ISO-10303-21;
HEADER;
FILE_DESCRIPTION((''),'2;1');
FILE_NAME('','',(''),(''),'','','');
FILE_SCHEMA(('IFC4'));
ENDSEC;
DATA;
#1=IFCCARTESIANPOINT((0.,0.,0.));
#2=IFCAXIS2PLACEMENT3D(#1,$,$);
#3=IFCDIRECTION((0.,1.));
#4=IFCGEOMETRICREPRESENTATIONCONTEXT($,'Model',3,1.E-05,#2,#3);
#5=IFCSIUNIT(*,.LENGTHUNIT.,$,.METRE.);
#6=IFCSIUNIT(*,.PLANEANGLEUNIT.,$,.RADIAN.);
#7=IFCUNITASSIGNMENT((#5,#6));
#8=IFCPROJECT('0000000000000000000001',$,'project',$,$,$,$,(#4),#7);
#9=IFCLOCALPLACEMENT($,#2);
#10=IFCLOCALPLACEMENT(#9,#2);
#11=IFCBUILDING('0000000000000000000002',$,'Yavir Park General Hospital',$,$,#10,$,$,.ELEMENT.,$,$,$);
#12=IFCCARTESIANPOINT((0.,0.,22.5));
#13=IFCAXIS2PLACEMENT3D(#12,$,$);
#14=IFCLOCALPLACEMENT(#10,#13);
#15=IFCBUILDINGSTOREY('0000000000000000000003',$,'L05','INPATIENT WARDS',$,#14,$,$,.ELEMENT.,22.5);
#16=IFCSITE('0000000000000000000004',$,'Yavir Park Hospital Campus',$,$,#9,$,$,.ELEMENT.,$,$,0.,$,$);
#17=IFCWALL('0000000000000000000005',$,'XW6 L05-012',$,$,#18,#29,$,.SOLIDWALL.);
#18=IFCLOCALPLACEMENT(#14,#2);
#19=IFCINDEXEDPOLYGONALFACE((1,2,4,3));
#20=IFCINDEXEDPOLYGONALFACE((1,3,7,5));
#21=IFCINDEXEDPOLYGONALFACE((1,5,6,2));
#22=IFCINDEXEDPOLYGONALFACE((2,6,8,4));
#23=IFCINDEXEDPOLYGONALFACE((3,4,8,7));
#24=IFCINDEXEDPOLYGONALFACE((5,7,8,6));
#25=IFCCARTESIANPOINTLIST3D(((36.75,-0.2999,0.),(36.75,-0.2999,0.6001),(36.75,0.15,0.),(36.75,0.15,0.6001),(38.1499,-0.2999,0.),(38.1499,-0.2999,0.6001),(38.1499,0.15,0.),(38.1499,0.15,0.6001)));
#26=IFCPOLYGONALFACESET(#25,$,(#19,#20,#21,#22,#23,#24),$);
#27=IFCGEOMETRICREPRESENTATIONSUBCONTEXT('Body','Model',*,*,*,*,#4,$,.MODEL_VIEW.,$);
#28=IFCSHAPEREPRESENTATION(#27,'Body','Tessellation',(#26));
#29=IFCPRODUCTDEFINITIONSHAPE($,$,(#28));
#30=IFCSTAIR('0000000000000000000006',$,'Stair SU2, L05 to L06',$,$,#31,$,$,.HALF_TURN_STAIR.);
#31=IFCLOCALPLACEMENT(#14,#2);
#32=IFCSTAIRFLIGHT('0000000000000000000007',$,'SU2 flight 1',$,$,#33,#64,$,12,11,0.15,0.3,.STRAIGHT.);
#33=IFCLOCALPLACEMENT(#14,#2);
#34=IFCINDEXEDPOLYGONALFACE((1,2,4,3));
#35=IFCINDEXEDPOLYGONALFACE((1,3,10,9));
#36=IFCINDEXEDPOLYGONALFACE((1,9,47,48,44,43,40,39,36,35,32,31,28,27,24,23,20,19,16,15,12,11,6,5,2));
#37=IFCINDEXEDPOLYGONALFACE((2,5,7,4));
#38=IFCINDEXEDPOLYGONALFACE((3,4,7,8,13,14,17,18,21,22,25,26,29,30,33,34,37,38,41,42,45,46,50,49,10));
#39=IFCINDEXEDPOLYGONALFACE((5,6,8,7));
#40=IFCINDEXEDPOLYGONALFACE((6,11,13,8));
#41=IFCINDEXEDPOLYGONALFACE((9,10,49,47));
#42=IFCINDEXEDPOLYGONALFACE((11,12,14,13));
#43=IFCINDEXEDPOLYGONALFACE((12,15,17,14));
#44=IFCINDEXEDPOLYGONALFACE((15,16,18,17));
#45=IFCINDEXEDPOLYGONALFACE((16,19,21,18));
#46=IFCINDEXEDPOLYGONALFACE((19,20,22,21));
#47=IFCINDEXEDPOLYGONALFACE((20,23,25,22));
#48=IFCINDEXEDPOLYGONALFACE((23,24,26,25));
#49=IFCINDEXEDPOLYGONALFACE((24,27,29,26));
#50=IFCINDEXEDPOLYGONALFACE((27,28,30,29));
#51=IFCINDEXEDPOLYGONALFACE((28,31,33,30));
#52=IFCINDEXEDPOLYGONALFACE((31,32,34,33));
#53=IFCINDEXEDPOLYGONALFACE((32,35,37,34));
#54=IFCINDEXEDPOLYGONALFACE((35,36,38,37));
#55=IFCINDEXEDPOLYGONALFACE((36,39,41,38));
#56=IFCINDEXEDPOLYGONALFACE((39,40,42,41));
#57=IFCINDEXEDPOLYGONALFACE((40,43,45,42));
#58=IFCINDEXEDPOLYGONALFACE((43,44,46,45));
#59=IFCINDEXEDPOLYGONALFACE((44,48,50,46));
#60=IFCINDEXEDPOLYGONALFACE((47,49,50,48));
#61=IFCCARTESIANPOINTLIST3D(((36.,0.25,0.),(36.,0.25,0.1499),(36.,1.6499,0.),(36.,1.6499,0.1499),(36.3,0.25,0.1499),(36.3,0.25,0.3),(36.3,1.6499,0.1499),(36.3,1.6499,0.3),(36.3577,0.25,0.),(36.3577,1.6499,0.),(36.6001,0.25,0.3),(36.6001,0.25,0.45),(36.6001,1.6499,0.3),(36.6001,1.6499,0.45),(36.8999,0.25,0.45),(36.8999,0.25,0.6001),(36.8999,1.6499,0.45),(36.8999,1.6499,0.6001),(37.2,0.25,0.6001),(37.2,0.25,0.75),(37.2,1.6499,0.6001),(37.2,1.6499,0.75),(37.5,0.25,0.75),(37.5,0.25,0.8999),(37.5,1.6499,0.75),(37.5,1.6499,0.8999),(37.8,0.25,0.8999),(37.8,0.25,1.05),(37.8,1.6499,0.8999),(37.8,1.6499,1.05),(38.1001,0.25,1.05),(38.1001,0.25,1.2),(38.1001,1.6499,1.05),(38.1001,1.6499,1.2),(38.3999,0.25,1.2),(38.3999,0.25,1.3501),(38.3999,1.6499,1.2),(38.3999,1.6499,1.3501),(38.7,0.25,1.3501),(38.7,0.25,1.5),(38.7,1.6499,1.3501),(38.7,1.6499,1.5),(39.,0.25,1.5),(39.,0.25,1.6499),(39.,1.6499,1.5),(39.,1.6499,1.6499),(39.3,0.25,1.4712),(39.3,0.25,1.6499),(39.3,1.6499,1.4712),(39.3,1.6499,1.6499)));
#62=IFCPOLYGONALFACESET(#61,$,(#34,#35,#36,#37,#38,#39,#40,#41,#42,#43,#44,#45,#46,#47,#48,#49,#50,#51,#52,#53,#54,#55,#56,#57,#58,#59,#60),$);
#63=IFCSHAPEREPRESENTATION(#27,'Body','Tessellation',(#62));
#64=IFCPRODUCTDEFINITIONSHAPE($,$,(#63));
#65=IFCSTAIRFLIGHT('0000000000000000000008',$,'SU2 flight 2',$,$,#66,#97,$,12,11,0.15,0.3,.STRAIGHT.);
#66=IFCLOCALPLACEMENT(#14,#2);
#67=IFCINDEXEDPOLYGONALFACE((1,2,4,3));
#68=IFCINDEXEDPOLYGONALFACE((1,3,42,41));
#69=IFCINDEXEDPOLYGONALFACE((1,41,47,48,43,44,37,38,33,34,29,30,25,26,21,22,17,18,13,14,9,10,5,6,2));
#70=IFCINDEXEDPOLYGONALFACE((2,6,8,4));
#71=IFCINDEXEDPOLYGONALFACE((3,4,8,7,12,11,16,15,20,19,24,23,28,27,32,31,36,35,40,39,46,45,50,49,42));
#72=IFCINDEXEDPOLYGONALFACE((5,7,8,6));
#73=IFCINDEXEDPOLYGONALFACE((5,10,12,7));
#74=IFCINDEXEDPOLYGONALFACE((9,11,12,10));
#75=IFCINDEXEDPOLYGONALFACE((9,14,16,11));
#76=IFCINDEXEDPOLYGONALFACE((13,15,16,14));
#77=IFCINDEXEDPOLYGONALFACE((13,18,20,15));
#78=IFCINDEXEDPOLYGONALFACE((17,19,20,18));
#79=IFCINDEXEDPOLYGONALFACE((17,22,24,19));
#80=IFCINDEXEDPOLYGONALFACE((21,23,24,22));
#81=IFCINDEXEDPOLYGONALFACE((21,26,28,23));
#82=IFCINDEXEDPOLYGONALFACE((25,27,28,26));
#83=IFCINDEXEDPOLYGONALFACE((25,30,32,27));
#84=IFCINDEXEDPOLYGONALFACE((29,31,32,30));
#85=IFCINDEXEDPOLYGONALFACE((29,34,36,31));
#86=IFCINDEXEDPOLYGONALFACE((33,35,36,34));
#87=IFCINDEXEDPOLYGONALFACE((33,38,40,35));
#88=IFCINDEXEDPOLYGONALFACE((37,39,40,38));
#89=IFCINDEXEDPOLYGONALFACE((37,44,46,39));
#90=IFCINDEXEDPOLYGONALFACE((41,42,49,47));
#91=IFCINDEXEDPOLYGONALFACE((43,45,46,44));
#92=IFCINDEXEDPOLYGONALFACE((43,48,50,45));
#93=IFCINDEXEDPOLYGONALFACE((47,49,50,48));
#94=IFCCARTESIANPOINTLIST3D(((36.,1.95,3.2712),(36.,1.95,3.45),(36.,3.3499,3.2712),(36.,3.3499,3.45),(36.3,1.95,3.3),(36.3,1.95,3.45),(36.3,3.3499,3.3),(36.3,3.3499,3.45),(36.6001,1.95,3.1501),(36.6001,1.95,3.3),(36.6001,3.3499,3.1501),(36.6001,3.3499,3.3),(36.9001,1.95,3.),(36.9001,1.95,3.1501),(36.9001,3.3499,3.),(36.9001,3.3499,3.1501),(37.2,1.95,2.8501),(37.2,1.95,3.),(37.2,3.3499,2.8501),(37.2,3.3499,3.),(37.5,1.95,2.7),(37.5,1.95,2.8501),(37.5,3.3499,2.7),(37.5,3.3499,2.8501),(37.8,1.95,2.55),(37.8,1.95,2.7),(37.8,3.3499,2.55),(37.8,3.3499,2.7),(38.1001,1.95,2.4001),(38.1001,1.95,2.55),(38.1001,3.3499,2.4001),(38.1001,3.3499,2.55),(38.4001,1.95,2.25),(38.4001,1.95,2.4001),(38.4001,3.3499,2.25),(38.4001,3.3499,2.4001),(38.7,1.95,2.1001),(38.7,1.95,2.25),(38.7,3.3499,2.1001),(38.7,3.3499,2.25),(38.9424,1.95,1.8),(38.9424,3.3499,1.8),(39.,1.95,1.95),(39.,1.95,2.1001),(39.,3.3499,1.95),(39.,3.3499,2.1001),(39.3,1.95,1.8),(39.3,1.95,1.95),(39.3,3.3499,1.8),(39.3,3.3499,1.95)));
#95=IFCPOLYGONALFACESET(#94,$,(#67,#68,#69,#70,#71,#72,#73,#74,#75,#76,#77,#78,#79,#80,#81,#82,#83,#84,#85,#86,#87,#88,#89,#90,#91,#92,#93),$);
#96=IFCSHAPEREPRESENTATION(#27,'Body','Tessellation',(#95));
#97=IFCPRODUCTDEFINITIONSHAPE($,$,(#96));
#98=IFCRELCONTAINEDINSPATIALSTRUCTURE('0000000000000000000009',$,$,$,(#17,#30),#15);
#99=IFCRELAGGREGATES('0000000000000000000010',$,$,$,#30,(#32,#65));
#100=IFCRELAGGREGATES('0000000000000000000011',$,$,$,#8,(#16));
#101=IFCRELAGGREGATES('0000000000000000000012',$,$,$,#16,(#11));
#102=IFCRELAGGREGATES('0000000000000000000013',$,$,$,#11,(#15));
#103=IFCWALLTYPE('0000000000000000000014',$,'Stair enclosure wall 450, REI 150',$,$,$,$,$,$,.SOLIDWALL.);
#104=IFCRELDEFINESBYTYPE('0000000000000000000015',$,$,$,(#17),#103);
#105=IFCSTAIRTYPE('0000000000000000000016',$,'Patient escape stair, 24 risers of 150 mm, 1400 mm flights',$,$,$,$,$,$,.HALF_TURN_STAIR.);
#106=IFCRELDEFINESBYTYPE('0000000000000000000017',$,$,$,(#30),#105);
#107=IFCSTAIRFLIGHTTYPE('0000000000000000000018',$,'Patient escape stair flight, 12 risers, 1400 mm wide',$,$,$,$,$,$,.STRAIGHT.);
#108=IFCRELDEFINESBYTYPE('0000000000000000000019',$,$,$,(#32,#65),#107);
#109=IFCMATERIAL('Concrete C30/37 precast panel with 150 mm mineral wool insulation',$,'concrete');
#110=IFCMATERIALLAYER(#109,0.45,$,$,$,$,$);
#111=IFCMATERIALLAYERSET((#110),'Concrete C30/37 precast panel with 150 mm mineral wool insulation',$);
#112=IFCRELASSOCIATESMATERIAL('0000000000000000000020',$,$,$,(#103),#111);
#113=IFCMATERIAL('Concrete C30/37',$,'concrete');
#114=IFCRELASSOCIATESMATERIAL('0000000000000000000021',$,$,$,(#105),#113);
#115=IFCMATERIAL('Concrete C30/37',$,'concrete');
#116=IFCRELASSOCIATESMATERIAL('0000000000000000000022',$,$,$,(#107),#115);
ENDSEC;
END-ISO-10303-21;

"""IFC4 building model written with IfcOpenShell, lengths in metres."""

from ifc_helpers import new_model, si_unit, direction, frame, frame_2d, origin, place, context, subcontext, project, spatial, polyline, rectangle, outline, extrude, material, layer, layer_set, type_object, element, aggregate, save


model = new_model("IFC4")

# Units and contexts
model_context = context("Model", 3, precision=1e-05, world=origin(), true_north=direction((0.0, 1.0)))
body_context = subcontext(model_context, "Body", "Model", "MODEL_VIEW")
ifc_project = project(units=[si_unit("LENGTHUNIT", "METRE"), si_unit("PLANEANGLEUNIT", "RADIAN")], contexts=[model_context])

# Site, building, storey
site_placement = place(None, origin())
site = spatial("IfcSite", under=ifc_project, at=site_placement, Name="Yavir Park Hospital Campus", CompositionType="ELEMENT", RefElevation=0.0)
building_placement = place(site_placement, origin())
building = spatial("IfcBuilding", under=site, at=building_placement, Name="Yavir Park General Hospital", CompositionType="ELEMENT")
storey_placement = place(building_placement, frame((0.0, 0.0, 22.5)))
storey = spatial("IfcBuildingStorey", under=building, at=storey_placement, Name="L05", Description="INPATIENT WARDS", CompositionType="ELEMENT", Elevation=22.5)

# Wall
ifc_material_1 = material(Name="Concrete C30/37 precast panel with 150 mm mineral wool insulation", Category="concrete")
ifc_layer_1 = layer(ifc_material_1, 0.45)
ifc_layer_set_1 = layer_set([ifc_layer_1], Name="Concrete C30/37 precast panel with 150 mm mineral wool insulation")
wall_type_1 = type_object("IfcWallType", Name="Stair enclosure wall 450, REI 150", PredefinedType="SOLIDWALL", material=ifc_layer_set_1)
wall_1_placement = place(storey_placement, frame((36.75, -0.075, 0.0), z_axis=(0.0, 0.0, 1.0), x_axis=(1.0, 0.0, 0.0)))
element("IfcWall", 1, at=wall_1_placement, inside=storey, type_object=wall_type_1, Name="XW6 L05-012", PredefinedType="SOLIDWALL", context=body_context, shape_type="SweptSolid", body=[
    extrude(rectangle(XDim=1.3999, YDim=0.45, at=frame_2d((0.7, 0.0))), origin(), (0.0, 0.0, 1.0), 0.6001),
])

# Stair, stair flights
ifc_material_2 = material(Name="Concrete C30/37", Category="concrete")
stair_type = type_object("IfcStairType", Name="Patient escape stair, 24 risers of 150 mm, 1400 mm flights", PredefinedType="HALF_TURN_STAIR", material=ifc_material_2)
stair_placement = place(storey_placement, origin())
stair = element("IfcStair", 2, at=stair_placement, inside=storey, type_object=stair_type, Name="Stair SU2, L05 to L06", PredefinedType="HALF_TURN_STAIR")
ifc_material_3 = material(Name="Concrete C30/37", Category="concrete")
stair_flight_type = type_object("IfcStairFlightType", Name="Patient escape stair flight, 12 risers, 1400 mm wide", PredefinedType="STRAIGHT", material=ifc_material_3)
stair_flight_1_placement = place(storey_placement, frame((36.0, 0.95, 0.0), z_axis=(0.0, 0.0, 1.0), x_axis=(1.0, 0.0, 0.0)))
stair_flight_1 = element("IfcStairFlight", 3, at=stair_flight_1_placement, type_object=stair_flight_type, Name="SU2 flight 1", NumberOfRisers=12, NumberOfTreads=11, PredefinedType="STRAIGHT", RiserHeight=0.15, TreadLength=0.3, context=body_context, shape_type="SweptSolid", body=[
    extrude(outline(polyline([(0.0, 0.0), (0.0, 0.1499), (0.3, 0.1499), (0.3, 0.3), (0.6001, 0.3), (0.6001, 0.45), (0.8999, 0.45), (0.8999, 0.6001), (1.2, 0.6001), (1.2, 0.75), (1.5, 0.75), (1.5, 0.8999), (1.8, 0.8999), (1.8, 1.05), (2.1001, 1.05), (2.1001, 1.2), (2.3999, 1.2), (2.3999, 1.3501), (2.7, 1.3501), (2.7, 1.5), (3.0, 1.5), (3.0, 1.6499), (3.3, 1.6499), (3.3, 1.8), (3.3, 1.4712), (0.3577, 0.0), (0.0, 0.0)])), frame((0.0, 0.7, 0.0), z_axis=(0.0, -1.0, 0.0), x_axis=(1.0, 0.0, 0.0)), (0.0, 0.0, 1.0), 1.3999),
])
stair_flight_2_placement = place(storey_placement, frame((39.3, 2.6499, 1.8), z_axis=(0.0, 0.0, 1.0), x_axis=(-1.0, 0.0, 0.0)))
stair_flight_2 = element("IfcStairFlight", 4, at=stair_flight_2_placement, type_object=stair_flight_type, Name="SU2 flight 2", NumberOfRisers=12, NumberOfTreads=11, PredefinedType="STRAIGHT", RiserHeight=0.15, TreadLength=0.3, context=body_context, shape_type="SweptSolid", body=[
    extrude(outline(polyline([(0.0, 0.0), (0.0, 0.1499), (0.3, 0.1499), (0.3, 0.3), (0.6001, 0.3), (0.6001, 0.45), (0.8999, 0.45), (0.8999, 0.6001), (1.2, 0.6001), (1.2, 0.75), (1.5, 0.75), (1.5, 0.8999), (1.8, 0.8999), (1.8, 1.05), (2.1001, 1.05), (2.1001, 1.2), (2.3999, 1.2), (2.3999, 1.3501), (2.7, 1.3501), (2.7, 1.5), (3.0, 1.5), (3.0, 1.6499), (3.3, 1.6499), (3.3, 1.8), (3.3, 1.4712), (0.3577, 0.0), (0.0, 0.0)])), frame((0.0, 0.7, 0.0), z_axis=(0.0, -1.0, 0.0), x_axis=(1.0, 0.0, 0.0)), (0.0, 0.0, 1.0), 1.3999),
])
aggregate(stair, [stair_flight_1, stair_flight_2])

save(model, "model.ifc")
